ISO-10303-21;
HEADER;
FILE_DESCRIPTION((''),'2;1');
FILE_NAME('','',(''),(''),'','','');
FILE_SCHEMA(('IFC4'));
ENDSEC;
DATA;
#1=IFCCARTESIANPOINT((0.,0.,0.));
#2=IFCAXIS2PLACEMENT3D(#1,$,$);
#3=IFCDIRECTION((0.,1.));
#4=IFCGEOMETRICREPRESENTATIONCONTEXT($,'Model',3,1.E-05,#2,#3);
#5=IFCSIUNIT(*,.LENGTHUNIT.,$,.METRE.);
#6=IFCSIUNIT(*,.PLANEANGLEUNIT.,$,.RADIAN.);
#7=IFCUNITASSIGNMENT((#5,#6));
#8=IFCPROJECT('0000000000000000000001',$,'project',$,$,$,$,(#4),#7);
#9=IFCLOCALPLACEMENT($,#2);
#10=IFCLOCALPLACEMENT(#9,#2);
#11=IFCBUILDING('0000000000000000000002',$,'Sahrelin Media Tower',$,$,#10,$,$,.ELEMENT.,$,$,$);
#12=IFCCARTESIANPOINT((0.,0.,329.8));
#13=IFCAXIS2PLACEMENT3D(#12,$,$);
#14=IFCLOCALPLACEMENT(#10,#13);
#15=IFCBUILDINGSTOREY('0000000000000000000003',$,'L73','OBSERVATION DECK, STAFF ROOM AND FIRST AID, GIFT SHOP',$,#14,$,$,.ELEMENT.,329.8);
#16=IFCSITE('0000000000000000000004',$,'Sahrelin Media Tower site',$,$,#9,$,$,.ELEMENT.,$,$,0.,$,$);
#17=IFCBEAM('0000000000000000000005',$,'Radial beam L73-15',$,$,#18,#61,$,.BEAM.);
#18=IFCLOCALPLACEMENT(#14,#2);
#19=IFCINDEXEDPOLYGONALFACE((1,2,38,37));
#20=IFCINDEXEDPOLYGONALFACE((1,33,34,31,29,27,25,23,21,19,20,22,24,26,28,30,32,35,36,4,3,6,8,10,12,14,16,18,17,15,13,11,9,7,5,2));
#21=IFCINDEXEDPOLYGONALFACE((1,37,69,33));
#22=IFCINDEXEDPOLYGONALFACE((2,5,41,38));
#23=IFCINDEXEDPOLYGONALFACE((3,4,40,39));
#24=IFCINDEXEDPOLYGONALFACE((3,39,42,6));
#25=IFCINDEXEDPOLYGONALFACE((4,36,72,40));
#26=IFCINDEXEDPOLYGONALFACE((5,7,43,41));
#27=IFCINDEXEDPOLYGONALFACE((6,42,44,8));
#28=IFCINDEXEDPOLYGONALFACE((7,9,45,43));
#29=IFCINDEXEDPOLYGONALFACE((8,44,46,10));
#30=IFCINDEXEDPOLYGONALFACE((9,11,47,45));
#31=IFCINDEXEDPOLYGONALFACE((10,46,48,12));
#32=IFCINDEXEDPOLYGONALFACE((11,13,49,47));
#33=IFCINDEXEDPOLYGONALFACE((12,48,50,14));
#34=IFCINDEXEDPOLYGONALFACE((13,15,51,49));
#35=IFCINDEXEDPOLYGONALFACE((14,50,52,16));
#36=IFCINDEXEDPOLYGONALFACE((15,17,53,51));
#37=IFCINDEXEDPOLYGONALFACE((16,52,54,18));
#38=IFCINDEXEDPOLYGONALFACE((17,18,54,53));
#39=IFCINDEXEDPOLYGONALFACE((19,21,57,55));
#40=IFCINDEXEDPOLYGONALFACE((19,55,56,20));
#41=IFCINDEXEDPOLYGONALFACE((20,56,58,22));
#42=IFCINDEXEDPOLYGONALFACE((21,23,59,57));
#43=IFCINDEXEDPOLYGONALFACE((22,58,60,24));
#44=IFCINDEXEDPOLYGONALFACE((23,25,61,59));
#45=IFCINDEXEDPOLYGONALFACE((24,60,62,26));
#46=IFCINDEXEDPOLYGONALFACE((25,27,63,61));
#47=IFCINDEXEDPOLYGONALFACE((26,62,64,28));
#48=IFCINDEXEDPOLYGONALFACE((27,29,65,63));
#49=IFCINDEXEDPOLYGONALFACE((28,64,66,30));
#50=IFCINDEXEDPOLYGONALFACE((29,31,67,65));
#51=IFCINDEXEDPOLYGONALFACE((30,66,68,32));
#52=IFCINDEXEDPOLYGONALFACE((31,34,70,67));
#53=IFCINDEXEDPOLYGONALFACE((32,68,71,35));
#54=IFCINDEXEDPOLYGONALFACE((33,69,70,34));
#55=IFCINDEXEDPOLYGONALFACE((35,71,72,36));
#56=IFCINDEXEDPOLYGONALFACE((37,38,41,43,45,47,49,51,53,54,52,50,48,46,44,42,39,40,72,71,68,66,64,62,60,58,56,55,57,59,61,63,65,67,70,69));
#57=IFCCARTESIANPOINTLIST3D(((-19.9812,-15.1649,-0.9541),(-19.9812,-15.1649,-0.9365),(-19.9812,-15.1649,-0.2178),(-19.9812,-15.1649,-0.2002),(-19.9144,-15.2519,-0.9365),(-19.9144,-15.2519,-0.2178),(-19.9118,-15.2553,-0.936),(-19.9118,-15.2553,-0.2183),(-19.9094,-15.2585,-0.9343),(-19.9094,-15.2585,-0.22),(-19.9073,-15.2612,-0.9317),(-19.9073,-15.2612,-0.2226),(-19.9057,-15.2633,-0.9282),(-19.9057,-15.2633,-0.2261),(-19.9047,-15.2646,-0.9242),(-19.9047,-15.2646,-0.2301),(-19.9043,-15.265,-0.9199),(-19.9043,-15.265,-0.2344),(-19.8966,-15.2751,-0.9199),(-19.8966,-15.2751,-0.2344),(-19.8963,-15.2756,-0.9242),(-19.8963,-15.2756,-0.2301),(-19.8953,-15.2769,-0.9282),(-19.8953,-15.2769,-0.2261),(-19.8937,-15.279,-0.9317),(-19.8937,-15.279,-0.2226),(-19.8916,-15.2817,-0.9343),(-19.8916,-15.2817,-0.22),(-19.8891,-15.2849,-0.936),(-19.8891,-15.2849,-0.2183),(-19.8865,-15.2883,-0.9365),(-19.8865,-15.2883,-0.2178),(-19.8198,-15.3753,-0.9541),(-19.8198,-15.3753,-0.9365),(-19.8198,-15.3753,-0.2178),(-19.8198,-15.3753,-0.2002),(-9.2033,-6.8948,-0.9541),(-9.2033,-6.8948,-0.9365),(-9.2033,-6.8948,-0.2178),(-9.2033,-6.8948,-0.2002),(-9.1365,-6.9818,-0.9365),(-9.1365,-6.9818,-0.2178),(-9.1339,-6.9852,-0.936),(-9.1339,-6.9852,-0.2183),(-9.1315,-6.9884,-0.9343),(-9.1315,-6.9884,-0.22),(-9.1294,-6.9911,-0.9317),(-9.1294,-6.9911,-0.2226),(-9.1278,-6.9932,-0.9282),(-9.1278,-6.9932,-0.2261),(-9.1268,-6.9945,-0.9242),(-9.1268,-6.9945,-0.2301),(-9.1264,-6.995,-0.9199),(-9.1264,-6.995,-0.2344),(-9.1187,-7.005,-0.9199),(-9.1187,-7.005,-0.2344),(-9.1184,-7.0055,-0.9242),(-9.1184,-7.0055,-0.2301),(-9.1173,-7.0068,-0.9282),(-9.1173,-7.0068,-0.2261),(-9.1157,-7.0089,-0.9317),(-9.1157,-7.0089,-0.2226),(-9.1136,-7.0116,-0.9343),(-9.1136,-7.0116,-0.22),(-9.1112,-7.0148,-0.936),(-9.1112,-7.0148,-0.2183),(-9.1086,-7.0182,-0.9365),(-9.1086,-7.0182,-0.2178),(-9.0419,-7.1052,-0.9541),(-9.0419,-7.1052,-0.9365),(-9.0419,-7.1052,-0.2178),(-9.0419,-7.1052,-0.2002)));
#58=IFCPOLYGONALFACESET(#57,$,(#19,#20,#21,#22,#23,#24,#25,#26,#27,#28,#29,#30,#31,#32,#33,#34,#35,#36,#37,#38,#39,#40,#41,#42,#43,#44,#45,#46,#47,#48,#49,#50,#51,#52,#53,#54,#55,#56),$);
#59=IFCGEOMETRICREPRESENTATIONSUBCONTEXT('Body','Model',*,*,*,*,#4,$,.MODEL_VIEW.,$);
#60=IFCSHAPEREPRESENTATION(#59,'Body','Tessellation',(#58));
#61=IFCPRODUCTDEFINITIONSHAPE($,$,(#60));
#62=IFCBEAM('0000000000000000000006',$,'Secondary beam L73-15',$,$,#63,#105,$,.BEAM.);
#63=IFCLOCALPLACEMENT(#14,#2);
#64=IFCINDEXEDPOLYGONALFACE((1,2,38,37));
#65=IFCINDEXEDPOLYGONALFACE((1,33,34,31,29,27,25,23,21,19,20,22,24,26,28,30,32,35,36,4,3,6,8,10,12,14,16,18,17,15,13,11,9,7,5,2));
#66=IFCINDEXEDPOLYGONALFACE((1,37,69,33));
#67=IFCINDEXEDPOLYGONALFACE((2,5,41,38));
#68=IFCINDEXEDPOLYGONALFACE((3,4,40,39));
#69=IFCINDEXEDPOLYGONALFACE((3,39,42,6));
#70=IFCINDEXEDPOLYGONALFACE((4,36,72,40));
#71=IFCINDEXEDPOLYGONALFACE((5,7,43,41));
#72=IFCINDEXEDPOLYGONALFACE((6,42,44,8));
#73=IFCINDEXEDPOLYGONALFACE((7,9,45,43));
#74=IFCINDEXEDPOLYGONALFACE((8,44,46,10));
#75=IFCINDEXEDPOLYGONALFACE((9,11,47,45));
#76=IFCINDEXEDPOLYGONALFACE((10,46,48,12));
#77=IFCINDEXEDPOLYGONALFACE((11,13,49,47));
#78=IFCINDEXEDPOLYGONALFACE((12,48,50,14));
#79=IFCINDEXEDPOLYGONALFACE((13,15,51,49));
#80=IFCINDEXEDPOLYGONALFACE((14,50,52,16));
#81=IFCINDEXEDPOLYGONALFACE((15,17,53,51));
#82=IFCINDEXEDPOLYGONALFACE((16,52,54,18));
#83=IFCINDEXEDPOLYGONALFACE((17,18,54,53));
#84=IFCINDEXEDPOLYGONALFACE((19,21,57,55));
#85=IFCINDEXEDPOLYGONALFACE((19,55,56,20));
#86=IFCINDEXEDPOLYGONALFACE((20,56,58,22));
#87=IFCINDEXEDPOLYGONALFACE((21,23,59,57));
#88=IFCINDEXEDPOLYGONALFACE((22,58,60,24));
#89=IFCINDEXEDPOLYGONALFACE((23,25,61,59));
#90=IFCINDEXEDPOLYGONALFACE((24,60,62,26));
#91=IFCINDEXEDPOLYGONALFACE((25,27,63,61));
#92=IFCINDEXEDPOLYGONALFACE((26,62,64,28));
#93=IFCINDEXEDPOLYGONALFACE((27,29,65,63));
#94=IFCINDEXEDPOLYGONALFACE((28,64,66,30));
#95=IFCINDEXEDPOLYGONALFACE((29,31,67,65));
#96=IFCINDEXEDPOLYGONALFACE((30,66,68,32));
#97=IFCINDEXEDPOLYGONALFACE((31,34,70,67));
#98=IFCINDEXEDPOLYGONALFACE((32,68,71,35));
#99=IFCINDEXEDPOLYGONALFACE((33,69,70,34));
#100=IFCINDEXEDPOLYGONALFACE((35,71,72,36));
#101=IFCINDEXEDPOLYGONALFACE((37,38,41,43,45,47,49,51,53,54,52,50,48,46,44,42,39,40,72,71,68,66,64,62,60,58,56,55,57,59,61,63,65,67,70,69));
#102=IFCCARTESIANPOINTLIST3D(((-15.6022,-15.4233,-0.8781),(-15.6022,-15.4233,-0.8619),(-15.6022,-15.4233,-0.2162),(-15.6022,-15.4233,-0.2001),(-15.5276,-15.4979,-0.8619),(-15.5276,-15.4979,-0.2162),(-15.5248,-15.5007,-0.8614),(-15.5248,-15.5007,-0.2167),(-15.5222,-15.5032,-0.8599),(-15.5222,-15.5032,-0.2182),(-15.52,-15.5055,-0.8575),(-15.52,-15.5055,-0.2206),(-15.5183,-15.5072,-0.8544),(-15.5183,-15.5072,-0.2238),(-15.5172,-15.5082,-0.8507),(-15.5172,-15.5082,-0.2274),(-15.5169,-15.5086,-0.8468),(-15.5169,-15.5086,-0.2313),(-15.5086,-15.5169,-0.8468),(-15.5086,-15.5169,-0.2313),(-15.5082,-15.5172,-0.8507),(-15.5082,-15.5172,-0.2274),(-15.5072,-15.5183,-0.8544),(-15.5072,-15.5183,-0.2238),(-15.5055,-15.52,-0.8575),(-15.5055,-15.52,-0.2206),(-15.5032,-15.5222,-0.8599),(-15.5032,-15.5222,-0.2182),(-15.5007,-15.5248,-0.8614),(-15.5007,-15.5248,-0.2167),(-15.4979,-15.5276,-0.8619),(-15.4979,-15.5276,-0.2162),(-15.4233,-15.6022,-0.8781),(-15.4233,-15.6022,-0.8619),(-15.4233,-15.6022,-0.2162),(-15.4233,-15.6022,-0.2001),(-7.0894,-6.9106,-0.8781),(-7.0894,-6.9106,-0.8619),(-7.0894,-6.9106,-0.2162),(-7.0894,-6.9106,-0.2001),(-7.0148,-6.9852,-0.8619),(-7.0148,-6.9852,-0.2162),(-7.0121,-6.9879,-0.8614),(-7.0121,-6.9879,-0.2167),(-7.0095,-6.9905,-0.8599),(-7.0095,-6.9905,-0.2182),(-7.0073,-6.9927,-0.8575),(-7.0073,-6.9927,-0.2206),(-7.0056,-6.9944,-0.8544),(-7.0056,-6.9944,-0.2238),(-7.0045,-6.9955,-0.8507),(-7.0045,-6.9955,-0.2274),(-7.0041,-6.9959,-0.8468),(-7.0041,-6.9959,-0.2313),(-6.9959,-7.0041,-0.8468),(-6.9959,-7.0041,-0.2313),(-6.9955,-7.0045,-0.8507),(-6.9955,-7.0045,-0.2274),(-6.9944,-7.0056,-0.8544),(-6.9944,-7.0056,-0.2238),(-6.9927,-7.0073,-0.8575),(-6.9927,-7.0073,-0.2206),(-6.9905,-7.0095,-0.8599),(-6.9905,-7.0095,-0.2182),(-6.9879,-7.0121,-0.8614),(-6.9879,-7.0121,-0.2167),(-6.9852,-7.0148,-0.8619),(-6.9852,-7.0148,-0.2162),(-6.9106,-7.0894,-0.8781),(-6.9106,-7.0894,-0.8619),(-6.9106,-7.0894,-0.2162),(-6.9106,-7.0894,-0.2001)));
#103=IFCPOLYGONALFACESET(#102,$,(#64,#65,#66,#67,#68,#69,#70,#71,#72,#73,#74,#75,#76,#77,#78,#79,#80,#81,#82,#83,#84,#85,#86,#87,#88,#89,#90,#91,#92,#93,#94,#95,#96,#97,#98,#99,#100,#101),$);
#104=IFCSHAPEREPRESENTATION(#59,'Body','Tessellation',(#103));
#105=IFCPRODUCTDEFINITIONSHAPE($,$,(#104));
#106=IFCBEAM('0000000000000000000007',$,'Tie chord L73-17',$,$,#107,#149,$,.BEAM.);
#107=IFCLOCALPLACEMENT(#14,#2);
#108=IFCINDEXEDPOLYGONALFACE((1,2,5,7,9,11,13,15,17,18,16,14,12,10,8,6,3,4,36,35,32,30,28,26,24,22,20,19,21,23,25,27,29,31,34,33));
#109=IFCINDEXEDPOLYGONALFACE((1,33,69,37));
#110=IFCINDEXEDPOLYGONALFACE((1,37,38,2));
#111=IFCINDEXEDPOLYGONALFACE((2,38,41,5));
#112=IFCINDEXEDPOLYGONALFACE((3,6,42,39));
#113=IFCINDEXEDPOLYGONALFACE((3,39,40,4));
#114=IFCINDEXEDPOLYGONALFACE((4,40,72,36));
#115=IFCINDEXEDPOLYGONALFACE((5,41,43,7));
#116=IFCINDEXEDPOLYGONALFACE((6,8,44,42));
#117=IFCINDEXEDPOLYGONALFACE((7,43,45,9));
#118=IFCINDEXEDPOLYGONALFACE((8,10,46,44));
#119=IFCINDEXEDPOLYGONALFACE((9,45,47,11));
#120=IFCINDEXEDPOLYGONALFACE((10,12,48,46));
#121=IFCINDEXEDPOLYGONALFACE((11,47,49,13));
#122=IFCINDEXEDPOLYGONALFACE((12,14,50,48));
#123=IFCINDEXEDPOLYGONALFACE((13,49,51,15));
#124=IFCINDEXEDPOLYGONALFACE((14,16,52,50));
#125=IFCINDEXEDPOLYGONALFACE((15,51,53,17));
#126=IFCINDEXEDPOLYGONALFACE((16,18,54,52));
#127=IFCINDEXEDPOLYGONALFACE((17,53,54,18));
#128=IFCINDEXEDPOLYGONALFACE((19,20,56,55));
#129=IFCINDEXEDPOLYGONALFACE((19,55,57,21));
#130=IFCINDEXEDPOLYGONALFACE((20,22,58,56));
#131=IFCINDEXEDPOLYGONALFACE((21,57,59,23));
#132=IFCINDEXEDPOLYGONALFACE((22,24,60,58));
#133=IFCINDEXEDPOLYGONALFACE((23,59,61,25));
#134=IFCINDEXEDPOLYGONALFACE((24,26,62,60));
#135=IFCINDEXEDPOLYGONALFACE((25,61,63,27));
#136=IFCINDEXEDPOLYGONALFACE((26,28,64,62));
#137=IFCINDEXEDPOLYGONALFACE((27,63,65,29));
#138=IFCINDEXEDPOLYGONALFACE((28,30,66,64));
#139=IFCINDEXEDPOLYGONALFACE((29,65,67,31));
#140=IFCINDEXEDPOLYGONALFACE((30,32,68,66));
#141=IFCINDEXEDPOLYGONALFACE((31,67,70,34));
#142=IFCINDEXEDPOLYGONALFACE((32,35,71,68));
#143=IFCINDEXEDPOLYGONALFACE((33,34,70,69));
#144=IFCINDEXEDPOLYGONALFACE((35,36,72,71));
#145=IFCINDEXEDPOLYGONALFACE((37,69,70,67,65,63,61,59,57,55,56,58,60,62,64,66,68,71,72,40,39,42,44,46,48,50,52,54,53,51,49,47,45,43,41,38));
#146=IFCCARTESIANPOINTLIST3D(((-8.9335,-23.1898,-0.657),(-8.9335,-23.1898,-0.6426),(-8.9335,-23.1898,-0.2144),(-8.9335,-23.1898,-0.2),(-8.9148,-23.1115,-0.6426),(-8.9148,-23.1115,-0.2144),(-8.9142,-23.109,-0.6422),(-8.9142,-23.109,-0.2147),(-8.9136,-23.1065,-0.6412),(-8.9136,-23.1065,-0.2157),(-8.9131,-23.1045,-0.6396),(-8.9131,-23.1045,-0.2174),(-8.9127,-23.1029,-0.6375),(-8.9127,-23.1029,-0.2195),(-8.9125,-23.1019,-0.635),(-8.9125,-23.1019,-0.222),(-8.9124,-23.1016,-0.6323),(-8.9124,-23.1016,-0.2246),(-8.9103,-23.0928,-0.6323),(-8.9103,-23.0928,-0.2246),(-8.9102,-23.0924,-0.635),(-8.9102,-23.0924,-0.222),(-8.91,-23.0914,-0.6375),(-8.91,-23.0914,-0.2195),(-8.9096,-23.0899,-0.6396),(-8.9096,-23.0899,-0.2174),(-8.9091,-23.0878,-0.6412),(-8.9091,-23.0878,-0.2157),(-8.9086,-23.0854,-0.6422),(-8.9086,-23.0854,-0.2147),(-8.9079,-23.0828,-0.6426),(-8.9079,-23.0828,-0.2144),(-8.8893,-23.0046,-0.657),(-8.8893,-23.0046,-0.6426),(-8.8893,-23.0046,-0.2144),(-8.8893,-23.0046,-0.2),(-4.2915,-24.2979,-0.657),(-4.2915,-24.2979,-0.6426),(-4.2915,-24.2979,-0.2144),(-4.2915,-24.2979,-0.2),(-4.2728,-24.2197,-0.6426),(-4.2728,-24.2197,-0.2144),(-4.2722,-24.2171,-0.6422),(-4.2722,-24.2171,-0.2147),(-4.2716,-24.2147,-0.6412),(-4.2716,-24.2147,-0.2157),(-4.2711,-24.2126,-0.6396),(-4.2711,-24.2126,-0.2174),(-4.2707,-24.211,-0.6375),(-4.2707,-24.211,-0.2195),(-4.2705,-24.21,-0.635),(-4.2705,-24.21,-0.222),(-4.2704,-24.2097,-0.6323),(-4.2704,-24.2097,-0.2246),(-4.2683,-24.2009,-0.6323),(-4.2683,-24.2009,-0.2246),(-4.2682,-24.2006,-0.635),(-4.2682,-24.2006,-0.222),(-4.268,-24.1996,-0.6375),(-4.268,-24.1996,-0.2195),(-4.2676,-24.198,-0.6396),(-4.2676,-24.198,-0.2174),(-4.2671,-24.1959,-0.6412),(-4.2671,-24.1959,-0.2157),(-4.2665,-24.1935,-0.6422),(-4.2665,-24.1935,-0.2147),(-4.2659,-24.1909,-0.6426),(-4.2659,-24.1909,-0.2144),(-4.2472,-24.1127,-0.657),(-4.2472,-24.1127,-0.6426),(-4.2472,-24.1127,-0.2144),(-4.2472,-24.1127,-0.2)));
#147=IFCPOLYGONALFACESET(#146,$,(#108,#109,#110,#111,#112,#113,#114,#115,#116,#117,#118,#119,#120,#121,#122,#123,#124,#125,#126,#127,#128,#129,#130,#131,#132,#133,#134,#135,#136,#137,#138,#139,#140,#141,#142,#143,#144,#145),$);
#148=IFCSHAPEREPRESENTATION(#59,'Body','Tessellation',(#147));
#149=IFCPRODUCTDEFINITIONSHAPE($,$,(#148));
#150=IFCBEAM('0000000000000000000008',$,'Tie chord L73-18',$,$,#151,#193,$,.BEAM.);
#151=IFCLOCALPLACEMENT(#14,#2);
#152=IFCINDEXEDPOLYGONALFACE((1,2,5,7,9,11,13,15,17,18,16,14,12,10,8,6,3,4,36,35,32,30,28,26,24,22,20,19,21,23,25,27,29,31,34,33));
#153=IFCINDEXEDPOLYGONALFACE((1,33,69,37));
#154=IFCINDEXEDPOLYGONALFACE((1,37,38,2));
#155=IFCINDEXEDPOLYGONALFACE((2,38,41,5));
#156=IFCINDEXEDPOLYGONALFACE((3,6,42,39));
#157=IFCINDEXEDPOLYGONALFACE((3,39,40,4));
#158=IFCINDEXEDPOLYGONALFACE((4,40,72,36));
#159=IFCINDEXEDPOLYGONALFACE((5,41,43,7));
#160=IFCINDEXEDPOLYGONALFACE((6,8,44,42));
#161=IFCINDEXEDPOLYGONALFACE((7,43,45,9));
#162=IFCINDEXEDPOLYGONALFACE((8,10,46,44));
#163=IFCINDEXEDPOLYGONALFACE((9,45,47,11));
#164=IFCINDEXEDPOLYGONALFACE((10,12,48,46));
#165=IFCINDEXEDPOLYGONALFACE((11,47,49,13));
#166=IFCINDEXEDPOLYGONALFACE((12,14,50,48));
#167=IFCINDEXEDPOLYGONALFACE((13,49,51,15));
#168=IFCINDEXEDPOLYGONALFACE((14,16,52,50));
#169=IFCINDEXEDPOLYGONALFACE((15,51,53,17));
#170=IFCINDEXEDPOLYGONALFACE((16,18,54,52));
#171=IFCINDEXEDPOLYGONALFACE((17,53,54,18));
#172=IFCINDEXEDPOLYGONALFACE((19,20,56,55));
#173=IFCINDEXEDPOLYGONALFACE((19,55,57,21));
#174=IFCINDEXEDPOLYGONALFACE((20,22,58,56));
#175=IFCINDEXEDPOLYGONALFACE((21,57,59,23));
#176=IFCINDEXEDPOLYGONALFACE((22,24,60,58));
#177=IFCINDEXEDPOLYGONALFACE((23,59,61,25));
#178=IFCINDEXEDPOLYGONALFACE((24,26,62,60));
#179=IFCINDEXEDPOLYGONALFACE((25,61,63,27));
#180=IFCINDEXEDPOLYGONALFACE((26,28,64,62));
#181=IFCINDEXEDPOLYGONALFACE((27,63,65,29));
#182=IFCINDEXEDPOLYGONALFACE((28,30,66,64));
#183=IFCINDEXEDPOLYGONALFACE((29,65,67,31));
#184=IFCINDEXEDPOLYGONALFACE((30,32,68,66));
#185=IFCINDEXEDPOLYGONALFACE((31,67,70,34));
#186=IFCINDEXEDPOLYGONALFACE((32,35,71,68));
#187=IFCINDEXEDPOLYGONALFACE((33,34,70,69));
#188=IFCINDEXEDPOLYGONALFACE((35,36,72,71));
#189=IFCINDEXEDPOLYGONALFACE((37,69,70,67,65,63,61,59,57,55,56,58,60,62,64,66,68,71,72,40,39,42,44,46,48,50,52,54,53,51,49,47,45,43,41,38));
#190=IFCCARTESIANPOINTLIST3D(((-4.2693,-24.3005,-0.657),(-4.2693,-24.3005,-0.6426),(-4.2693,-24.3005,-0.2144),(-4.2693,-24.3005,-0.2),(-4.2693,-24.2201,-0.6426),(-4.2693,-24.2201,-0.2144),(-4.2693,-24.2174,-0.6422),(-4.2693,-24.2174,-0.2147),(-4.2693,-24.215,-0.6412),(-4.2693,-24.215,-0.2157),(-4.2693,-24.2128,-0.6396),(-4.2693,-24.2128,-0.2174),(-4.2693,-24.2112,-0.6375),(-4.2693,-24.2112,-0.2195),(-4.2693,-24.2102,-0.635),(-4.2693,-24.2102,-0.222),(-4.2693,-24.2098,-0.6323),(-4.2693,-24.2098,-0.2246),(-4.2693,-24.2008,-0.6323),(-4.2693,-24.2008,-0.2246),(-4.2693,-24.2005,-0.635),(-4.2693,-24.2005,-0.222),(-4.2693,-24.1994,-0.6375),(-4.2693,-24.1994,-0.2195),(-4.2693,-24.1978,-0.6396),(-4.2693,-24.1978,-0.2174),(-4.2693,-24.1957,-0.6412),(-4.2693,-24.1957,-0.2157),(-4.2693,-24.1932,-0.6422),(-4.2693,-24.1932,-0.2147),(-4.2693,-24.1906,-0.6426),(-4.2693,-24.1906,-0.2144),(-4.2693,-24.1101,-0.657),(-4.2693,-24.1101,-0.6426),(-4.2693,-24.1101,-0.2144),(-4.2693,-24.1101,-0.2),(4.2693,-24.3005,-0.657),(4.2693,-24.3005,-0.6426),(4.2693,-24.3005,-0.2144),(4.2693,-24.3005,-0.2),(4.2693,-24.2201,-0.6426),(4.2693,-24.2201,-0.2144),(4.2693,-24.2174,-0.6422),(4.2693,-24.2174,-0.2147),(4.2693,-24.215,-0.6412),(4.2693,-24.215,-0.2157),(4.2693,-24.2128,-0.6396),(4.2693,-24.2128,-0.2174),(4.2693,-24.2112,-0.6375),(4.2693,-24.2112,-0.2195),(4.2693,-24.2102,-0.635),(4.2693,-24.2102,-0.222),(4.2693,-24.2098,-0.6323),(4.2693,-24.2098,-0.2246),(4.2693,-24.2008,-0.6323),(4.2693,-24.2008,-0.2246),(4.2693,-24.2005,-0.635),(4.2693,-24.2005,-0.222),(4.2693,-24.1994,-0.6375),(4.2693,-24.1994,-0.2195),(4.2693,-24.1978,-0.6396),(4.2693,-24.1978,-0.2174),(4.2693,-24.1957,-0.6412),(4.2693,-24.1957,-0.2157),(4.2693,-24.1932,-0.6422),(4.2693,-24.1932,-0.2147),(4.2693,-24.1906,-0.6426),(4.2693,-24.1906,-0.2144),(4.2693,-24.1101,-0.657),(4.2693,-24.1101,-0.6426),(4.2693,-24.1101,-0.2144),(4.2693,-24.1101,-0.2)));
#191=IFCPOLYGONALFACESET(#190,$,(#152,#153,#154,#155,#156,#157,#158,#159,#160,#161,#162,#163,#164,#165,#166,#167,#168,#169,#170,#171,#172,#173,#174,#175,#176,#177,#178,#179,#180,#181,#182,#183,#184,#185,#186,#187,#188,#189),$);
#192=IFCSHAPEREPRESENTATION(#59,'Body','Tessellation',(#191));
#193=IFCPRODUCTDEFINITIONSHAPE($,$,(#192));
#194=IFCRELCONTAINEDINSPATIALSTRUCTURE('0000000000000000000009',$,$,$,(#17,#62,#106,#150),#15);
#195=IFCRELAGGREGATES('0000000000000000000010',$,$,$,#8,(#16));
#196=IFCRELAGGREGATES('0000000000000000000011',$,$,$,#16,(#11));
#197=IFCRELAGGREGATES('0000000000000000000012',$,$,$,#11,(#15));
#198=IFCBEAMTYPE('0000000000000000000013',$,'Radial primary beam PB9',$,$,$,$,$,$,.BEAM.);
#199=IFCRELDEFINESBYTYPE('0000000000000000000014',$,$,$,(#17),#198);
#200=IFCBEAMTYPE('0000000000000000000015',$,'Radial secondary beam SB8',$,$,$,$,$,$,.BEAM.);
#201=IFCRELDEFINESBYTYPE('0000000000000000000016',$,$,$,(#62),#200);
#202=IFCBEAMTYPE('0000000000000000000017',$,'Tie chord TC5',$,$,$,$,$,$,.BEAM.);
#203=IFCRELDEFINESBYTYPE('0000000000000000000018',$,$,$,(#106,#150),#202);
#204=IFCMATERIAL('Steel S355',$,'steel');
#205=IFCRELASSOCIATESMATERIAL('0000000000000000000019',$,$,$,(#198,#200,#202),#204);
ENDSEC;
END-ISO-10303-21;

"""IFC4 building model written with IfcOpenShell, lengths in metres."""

from ifc_helpers import new_model, si_unit, direction, frame, origin, origin_2d, place, context, subcontext, project, spatial, i_section, extrude, material, material_profile, profile_set, type_object, element, save


model = new_model("IFC4")

# Units and contexts
model_context = context("Model", 3, precision=1e-05, world=origin(), true_north=direction((0.0, 1.0)))
body_context = subcontext(model_context, "Body", "Model", "MODEL_VIEW")
ifc_project = project(units=[si_unit("LENGTHUNIT", "METRE"), si_unit("PLANEANGLEUNIT", "RADIAN")], contexts=[model_context])

# Site, building, storey
site_placement = place(None, origin())
site = spatial("IfcSite", under=ifc_project, at=site_placement, Name="Sahrelin Media Tower site", CompositionType="ELEMENT", RefElevation=0.0)
building_placement = place(site_placement, origin())
building = spatial("IfcBuilding", under=site, at=building_placement, Name="Sahrelin Media Tower", CompositionType="ELEMENT")
storey_placement = place(building_placement, frame((0.0, 0.0, 329.8)))
storey = spatial("IfcBuildingStorey", under=building, at=storey_placement, Name="L73", Description="OBSERVATION DECK, STAFF ROOM AND FIRST AID, GIFT SHOP", CompositionType="ELEMENT", Elevation=329.8)

# Shared definitions
ifc_material_1 = material(Name="Steel S355", Category="steel")

# Beams
ifc_material_profile_1 = material_profile(ifc_material_1, i_section(OverallWidth=0.2651, OverallDepth=0.7539, WebThickness=0.0127, FlangeThickness=0.0176, FilletRadius=0.0166, at=origin_2d()), Name="UB 762x267x147")
ifc_profile_set_1 = profile_set([ifc_material_profile_1], Name="Steel S355")
beam_type_1 = type_object("IfcBeamType", Name="Radial primary beam PB9", PredefinedType="BEAM", material=ifc_profile_set_1)
beam_1_placement = place(storey_placement, frame((-9.1226, -7.0, -0.5771), z_axis=(-0.793357, -0.608757, 0.0), x_axis=(0.608757, -0.793357, 0.0)))
element("IfcBeam", 1, at=beam_1_placement, inside=storey, type_object=beam_type_1, Name="Radial beam L73-15", PredefinedType="BEAM", context=body_context, shape_type="SweptSolid", body=[
    extrude(i_section(OverallWidth=0.2651, OverallDepth=0.7539, WebThickness=0.0127, FlangeThickness=0.0176, FilletRadius=0.0166, at=origin_2d()), origin(), (0.0, 0.0, 1.0), 13.5852),
])
ifc_material_profile_2 = material_profile(ifc_material_1, i_section(OverallWidth=0.2529, OverallDepth=0.678, WebThickness=0.0117, FlangeThickness=0.0161, FilletRadius=0.0151, at=origin_2d()), Name="UB 686x254x125")
ifc_profile_set_2 = profile_set([ifc_material_profile_2], Name="Steel S355")
beam_type_2 = type_object("IfcBeamType", Name="Radial secondary beam SB8", PredefinedType="BEAM", material=ifc_profile_set_2)
beam_2_placement = place(storey_placement, frame((-7.0, -7.0, -0.5391), z_axis=(-0.707107, -0.707107, 0.0), x_axis=(0.707107, -0.707107, 0.0)))
element("IfcBeam", 2, at=beam_2_placement, inside=storey, type_object=beam_type_2, Name="Secondary beam L73-15", PredefinedType="BEAM", context=body_context, shape_type="SweptSolid", body=[
    extrude(i_section(OverallWidth=0.2529, OverallDepth=0.678, WebThickness=0.0117, FlangeThickness=0.0161, FilletRadius=0.0151, at=origin_2d()), origin(), (0.0, 0.0, 1.0), 12.0388),
])
ifc_material_profile_3 = material_profile(ifc_material_1, i_section(OverallWidth=0.1904, OverallDepth=0.457, WebThickness=0.009, FlangeThickness=0.0144, FilletRadius=0.0103, at=origin_2d()), Name="UB 457x191x74")
ifc_profile_set_3 = profile_set([ifc_material_profile_3], Name="Steel S355")
beam_type_3 = type_object("IfcBeamType", Name="Tie chord TC5", PredefinedType="BEAM", material=ifc_profile_set_3)
beam_3_placement = place(storey_placement, frame((-8.9114, -23.0972, -0.4285), z_axis=(0.972669, -0.232195, 0.0), x_axis=(0.232195, 0.972669, 0.0)))
element("IfcBeam", 3, at=beam_3_placement, inside=storey, type_object=beam_type_3, Name="Tie chord L73-17", PredefinedType="BEAM", context=body_context, shape_type="SweptSolid", body=[
    extrude(i_section(OverallWidth=0.1904, OverallDepth=0.457, WebThickness=0.009, FlangeThickness=0.0144, FilletRadius=0.0103, at=origin_2d()), origin(), (0.0, 0.0, 1.0), 4.7725),
])
beam_4_placement = place(storey_placement, frame((-4.2693, -24.2053, -0.4285), z_axis=(1.0, 0.0, 0.0), x_axis=(0.0, 1.0, 0.0)))
element("IfcBeam", 4, at=beam_4_placement, inside=storey, type_object=beam_type_3, Name="Tie chord L73-18", PredefinedType="BEAM", context=body_context, shape_type="SweptSolid", body=[
    extrude(i_section(OverallWidth=0.1904, OverallDepth=0.457, WebThickness=0.009, FlangeThickness=0.0144, FilletRadius=0.0103, at=origin_2d()), origin(), (0.0, 0.0, 1.0), 8.5386),
])

save(model, "model.ifc")
